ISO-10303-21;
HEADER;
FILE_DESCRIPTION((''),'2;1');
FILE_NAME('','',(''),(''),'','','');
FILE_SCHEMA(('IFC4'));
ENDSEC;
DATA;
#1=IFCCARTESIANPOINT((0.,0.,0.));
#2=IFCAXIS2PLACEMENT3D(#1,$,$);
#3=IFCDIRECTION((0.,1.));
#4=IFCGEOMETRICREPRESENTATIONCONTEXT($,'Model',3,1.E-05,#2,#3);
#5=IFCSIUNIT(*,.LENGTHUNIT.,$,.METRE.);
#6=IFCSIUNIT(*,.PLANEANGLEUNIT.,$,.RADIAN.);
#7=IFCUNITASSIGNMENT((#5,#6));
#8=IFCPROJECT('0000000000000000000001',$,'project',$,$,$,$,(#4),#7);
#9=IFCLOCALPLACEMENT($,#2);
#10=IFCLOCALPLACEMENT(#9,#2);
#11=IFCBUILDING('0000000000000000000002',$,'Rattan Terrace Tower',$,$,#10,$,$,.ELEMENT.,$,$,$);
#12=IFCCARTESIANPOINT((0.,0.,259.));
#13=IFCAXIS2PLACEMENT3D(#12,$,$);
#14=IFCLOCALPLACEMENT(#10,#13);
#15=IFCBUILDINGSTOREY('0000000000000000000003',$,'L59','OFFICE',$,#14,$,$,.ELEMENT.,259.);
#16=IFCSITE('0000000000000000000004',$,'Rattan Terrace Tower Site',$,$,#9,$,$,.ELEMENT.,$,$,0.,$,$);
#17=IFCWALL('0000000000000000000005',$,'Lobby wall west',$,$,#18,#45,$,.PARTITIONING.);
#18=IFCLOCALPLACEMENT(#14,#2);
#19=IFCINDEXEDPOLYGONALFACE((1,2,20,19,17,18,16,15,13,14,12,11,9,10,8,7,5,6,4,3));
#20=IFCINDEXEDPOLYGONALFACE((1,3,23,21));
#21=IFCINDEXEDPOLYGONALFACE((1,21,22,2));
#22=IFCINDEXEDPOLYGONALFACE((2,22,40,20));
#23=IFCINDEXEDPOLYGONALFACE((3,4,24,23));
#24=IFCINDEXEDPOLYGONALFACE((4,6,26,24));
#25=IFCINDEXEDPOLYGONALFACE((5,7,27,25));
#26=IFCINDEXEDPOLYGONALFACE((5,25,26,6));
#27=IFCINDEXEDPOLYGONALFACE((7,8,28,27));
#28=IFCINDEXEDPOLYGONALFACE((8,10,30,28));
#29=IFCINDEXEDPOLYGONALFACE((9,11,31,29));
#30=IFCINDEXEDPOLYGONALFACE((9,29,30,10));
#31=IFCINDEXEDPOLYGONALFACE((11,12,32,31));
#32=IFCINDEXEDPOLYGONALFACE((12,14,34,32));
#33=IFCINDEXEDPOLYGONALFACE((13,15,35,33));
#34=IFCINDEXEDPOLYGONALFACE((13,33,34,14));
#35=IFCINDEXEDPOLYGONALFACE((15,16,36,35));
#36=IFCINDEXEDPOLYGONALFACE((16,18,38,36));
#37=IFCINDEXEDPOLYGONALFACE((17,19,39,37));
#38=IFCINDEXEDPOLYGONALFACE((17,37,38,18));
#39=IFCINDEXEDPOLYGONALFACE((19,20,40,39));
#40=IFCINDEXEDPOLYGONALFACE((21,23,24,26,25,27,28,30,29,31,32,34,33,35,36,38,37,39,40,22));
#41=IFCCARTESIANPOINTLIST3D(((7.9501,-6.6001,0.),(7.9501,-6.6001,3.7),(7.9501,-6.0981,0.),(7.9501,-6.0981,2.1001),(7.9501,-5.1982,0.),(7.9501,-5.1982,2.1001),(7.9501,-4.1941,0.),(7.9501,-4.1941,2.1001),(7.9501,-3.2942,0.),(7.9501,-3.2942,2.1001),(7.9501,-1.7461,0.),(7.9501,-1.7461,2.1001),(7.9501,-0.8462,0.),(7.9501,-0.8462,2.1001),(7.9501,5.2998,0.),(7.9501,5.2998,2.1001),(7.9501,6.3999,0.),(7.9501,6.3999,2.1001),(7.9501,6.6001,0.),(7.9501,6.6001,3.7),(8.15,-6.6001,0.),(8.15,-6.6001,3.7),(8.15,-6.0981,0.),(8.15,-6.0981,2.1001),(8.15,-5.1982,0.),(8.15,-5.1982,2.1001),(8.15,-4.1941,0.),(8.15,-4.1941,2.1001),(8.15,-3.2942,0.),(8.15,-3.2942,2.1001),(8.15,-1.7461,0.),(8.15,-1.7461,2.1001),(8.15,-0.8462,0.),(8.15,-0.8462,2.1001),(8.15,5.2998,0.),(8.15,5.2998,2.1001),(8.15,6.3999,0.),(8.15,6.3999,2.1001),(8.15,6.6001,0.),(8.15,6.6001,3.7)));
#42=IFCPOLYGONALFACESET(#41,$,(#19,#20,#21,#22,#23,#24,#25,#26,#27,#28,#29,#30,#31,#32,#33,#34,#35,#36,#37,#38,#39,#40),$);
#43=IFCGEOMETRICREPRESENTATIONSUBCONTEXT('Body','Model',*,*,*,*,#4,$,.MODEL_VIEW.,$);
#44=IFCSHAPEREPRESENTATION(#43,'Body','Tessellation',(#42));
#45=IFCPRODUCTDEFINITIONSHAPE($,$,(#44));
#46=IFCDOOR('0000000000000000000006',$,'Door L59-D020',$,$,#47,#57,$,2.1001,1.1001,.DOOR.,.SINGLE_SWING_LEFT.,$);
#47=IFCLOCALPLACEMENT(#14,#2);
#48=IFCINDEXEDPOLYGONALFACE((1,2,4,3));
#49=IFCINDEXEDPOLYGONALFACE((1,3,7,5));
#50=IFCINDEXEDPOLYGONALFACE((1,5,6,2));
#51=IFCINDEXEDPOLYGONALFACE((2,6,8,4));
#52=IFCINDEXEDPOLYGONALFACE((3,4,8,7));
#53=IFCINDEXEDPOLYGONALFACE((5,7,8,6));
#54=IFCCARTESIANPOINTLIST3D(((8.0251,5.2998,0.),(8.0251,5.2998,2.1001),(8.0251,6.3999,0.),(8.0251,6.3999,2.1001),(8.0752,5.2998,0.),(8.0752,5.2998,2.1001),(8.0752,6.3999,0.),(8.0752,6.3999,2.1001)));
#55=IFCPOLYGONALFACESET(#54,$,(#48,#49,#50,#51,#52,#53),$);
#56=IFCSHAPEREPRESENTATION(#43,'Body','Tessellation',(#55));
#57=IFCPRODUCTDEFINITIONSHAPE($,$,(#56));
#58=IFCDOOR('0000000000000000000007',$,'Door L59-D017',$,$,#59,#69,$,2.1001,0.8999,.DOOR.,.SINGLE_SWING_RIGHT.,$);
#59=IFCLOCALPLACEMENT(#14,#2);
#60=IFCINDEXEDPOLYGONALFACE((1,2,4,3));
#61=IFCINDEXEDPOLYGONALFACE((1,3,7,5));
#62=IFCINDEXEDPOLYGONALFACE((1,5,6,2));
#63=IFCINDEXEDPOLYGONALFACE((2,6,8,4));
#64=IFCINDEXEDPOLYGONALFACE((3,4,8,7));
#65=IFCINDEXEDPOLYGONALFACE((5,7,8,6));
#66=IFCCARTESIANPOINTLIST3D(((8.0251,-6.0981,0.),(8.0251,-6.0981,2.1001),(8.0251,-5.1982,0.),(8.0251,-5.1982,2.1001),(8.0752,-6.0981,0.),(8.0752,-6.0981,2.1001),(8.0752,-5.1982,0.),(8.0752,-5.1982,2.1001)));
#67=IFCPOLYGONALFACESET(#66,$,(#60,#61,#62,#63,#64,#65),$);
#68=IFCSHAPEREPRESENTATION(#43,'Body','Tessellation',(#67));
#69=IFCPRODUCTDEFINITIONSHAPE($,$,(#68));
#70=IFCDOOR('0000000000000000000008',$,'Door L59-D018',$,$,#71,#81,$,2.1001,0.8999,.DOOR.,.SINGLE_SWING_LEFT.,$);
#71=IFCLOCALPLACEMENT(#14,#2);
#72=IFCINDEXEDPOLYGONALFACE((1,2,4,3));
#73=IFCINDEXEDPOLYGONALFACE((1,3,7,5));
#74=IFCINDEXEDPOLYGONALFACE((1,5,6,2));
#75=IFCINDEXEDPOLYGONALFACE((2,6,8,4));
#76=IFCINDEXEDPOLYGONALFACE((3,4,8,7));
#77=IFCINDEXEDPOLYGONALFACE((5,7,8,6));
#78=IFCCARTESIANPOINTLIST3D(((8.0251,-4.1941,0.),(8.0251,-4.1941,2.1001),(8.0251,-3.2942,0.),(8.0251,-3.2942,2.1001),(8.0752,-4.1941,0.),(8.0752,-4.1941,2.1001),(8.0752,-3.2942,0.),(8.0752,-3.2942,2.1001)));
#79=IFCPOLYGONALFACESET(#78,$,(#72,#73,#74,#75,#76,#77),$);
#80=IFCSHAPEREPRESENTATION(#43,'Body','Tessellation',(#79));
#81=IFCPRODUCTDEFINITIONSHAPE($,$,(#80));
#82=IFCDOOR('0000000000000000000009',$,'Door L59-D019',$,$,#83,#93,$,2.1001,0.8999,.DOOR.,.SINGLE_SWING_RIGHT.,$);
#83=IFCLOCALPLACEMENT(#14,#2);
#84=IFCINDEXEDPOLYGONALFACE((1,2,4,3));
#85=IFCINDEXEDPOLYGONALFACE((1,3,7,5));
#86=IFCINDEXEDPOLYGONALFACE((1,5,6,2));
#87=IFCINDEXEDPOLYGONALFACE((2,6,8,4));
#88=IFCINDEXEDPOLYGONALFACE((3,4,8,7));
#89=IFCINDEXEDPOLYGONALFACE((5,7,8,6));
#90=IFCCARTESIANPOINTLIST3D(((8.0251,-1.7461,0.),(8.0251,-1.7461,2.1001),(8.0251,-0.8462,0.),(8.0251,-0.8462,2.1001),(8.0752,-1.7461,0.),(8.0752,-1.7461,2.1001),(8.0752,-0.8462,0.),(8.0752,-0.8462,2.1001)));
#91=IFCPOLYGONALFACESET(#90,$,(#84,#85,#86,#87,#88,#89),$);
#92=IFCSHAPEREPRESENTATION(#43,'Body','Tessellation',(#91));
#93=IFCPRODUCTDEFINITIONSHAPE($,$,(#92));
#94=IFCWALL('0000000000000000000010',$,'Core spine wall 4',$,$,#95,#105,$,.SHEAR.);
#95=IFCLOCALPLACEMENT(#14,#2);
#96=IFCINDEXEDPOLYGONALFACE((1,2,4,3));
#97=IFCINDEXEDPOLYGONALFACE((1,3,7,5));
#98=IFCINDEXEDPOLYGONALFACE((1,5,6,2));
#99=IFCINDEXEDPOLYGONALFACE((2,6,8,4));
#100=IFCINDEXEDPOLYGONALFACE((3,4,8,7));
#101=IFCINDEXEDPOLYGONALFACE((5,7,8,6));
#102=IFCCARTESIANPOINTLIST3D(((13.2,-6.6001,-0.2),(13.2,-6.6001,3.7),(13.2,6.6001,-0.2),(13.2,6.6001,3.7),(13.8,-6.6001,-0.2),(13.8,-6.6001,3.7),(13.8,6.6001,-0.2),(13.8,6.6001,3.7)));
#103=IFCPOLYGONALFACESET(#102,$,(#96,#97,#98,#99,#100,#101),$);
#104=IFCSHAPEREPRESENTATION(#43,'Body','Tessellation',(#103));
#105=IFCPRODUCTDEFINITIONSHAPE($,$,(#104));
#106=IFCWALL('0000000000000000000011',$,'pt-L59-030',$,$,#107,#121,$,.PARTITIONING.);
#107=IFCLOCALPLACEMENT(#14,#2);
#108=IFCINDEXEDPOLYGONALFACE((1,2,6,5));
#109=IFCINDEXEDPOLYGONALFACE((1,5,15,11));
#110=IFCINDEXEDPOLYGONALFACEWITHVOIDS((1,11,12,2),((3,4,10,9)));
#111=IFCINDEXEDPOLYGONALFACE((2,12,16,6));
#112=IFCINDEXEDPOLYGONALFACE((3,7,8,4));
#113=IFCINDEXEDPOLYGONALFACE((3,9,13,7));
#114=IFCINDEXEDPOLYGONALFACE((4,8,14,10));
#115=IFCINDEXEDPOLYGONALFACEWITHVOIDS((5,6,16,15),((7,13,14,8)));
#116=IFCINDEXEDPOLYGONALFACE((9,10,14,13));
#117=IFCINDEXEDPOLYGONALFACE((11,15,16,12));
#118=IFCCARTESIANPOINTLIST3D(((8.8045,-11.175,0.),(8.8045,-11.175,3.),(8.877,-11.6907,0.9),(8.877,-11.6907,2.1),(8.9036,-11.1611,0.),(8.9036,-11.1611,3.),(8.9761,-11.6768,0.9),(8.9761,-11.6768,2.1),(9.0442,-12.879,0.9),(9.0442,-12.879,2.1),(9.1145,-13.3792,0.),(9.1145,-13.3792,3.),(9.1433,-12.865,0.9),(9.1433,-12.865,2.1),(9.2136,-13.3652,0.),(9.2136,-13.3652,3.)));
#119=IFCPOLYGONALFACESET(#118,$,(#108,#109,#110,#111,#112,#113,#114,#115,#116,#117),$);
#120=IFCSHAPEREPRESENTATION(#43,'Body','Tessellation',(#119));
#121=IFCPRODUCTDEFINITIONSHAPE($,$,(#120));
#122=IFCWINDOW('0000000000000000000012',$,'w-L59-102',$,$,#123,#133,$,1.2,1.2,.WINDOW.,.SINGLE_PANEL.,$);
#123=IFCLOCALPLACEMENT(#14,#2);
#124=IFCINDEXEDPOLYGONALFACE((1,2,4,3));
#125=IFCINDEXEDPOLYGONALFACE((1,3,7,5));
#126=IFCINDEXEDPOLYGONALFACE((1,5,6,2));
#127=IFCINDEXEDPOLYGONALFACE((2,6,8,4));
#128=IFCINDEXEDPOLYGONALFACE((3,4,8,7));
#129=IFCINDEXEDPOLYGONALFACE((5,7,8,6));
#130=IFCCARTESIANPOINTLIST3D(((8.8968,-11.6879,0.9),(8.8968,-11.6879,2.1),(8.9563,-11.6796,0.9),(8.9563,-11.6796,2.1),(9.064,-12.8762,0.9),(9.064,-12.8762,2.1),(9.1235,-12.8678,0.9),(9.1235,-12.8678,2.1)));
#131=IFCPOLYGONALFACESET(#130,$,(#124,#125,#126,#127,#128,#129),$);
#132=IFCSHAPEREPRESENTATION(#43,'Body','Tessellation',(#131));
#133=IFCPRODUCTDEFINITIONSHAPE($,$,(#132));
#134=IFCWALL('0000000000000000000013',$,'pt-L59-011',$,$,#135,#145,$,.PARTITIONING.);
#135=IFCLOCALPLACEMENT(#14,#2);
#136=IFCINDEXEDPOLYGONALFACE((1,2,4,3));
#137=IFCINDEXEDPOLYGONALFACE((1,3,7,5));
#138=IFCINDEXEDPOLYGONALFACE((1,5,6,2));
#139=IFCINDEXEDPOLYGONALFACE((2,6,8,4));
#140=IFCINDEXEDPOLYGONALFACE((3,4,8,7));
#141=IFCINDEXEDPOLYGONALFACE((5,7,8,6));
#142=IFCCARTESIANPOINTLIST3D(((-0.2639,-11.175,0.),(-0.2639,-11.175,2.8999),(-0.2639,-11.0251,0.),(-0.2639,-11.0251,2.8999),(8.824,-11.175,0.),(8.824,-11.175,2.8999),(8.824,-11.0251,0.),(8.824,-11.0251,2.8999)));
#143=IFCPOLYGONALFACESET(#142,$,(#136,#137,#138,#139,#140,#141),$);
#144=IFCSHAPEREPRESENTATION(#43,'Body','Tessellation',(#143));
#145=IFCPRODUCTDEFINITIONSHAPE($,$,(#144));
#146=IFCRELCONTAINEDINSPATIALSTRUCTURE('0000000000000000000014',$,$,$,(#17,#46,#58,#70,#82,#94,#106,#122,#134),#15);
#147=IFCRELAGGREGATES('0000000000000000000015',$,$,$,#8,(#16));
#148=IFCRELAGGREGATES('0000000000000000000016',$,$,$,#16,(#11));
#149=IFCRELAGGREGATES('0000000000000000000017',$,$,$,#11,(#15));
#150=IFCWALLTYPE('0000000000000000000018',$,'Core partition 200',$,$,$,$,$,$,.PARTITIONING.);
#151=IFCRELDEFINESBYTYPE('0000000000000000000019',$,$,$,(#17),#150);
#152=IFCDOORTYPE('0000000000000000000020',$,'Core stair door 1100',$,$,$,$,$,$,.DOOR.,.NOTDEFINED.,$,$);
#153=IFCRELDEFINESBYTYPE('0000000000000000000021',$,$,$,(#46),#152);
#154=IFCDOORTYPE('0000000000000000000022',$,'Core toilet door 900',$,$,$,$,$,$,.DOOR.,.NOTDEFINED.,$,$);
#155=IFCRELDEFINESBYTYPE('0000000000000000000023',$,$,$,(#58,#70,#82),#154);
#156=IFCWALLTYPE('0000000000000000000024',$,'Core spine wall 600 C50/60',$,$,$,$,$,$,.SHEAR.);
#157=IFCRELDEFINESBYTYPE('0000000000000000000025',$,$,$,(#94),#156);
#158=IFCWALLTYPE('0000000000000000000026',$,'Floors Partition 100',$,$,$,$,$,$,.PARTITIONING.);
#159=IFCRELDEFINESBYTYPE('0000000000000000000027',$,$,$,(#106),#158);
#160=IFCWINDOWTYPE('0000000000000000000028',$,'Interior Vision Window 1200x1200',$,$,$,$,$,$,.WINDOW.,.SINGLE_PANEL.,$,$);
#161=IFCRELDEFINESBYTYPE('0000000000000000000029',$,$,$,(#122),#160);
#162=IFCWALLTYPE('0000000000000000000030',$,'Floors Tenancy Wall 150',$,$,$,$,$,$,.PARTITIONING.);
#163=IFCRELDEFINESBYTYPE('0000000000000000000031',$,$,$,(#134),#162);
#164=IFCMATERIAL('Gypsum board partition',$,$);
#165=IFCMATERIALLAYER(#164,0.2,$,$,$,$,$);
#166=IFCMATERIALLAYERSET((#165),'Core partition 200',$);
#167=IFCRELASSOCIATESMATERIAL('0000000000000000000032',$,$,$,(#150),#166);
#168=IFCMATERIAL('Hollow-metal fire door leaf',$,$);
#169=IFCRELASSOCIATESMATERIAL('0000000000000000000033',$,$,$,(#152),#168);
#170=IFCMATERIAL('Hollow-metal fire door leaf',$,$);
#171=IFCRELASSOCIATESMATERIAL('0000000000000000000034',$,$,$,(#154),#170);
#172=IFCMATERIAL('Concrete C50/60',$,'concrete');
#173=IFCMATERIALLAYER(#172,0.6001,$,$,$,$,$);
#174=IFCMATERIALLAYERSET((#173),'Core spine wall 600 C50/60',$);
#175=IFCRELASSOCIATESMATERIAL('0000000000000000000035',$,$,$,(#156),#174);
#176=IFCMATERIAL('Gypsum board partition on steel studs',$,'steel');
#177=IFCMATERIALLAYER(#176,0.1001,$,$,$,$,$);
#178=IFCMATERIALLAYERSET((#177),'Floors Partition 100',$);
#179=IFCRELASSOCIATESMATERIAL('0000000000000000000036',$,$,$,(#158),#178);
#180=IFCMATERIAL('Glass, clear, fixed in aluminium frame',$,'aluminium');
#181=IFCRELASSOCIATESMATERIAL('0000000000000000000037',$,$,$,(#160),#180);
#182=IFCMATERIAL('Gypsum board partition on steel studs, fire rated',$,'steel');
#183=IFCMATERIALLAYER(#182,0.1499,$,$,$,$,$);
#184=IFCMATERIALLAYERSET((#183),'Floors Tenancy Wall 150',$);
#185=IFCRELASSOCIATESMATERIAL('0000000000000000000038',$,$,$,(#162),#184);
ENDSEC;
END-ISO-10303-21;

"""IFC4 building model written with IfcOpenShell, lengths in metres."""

from ifc_helpers import new_model, si_unit, direction, frame, frame_2d, origin, place, context, subcontext, project, spatial, rectangle, extrude, material, layer, layer_set, type_object, element, fill, save


model = new_model("IFC4")

# Units and contexts
model_context = context("Model", 3, precision=1e-05, world=origin(), true_north=direction((0.0, 1.0)))
body_context = subcontext(model_context, "Body", "Model", "MODEL_VIEW")
ifc_project = project(units=[si_unit("LENGTHUNIT", "METRE"), si_unit("PLANEANGLEUNIT", "RADIAN")], contexts=[model_context])

# Site, building, storey
site_placement = place(None, origin())
site = spatial("IfcSite", under=ifc_project, at=site_placement, Name="Rattan Terrace Tower Site", CompositionType="ELEMENT", RefElevation=0.0)
building_placement = place(site_placement, origin())
building = spatial("IfcBuilding", under=site, at=building_placement, Name="Rattan Terrace Tower", CompositionType="ELEMENT")
storey_placement = place(building_placement, frame((0.0, 0.0, 259.0)))
storey = spatial("IfcBuildingStorey", under=building, at=storey_placement, Name="L59", Description="OFFICE", CompositionType="ELEMENT", Elevation=259.0)

# Wall, openings, doors
ifc_material_1 = material(Name="Gypsum board partition")
ifc_layer_1 = layer(ifc_material_1, 0.2)
ifc_layer_set_1 = layer_set([ifc_layer_1], Name="Core partition 200")
wall_type_1 = type_object("IfcWallType", Name="Core partition 200", PredefinedType="PARTITIONING", material=ifc_layer_set_1)
wall_1_placement = place(storey_placement, frame((8.05, -6.6001, 0.0), z_axis=(0.0, 0.0, 1.0), x_axis=(0.0, 1.0, 0.0)))
wall_1 = element("IfcWall", 1, at=wall_1_placement, inside=storey, type_object=wall_type_1, Name="Lobby wall west", PredefinedType="PARTITIONING", context=body_context, shape_type="SweptSolid", body=[
    extrude(rectangle(XDim=13.2002, YDim=0.2, at=frame_2d((6.6001, 0.0))), origin(), (0.0, 0.0, 1.0), 3.7),
])
opening_1_placement = place(wall_1_placement, frame((0.502, 0.0, 0.0)))
opening_1 = element("IfcOpeningElement", 2, at=opening_1_placement, cuts=wall_1, PredefinedType="OPENING", context=body_context, shape_type="SweptSolid", body=[
    extrude(rectangle(XDim=0.8999, YDim=2.1001, at=frame_2d((0.45, 1.05))), frame((0.0, 0.1106, 0.0), z_axis=(0.0, -1.0, 0.0), x_axis=(1.0, 0.0, 0.0)), (0.0, 0.0, 1.0), 0.2209),
])
opening_2_placement = place(wall_1_placement, frame((2.406, 0.0, 0.0)))
opening_2 = element("IfcOpeningElement", 3, at=opening_2_placement, cuts=wall_1, PredefinedType="OPENING", context=body_context, shape_type="SweptSolid", body=[
    extrude(rectangle(XDim=0.8999, YDim=2.1001, at=frame_2d((0.45, 1.05))), frame((0.0, 0.1106, 0.0), z_axis=(0.0, -1.0, 0.0), x_axis=(1.0, 0.0, 0.0)), (0.0, 0.0, 1.0), 0.2209),
])
opening_3_placement = place(wall_1_placement, frame((4.854, 0.0, 0.0)))
opening_3 = element("IfcOpeningElement", 4, at=opening_3_placement, cuts=wall_1, PredefinedType="OPENING", context=body_context, shape_type="SweptSolid", body=[
    extrude(rectangle(XDim=0.8999, YDim=2.1001, at=frame_2d((0.45, 1.05))), frame((0.0, 0.1106, 0.0), z_axis=(0.0, -1.0, 0.0), x_axis=(1.0, 0.0, 0.0)), (0.0, 0.0, 1.0), 0.2209),
])
opening_4_placement = place(wall_1_placement, frame((11.8999, 0.0, 0.0)))
opening_4 = element("IfcOpeningElement", 5, at=opening_4_placement, cuts=wall_1, PredefinedType="OPENING", context=body_context, shape_type="SweptSolid", body=[
    extrude(rectangle(XDim=1.1001, YDim=2.1001, at=frame_2d((0.55, 1.05))), frame((0.0, 0.1106, 0.0), z_axis=(0.0, -1.0, 0.0), x_axis=(1.0, 0.0, 0.0)), (0.0, 0.0, 1.0), 0.2209),
])
ifc_material_2 = material(Name="Hollow-metal fire door leaf")
door_type_1 = type_object("IfcDoorType", Name="Core stair door 1100", OperationType="NOTDEFINED", PredefinedType="DOOR", material=ifc_material_2)
door_1_placement = place(opening_4_placement, origin())
door_1 = element("IfcDoor", 6, at=door_1_placement, inside=storey, type_object=door_type_1, Name="Door L59-D020", OperationType="SINGLE_SWING_LEFT", OverallHeight=2.1001, OverallWidth=1.1001, PredefinedType="DOOR", context=body_context, shape_type="SweptSolid", body=[
    extrude(rectangle(XDim=1.1001, YDim=2.1001, at=frame_2d((0.55, 1.05))), frame((0.0, 0.0249, 0.0), z_axis=(0.0, -1.0, 0.0), x_axis=(1.0, 0.0, 0.0)), (0.0, 0.0, 1.0), 0.05),
])
fill(opening_4, door_1)
ifc_material_3 = material(Name="Hollow-metal fire door leaf")
door_type_2 = type_object("IfcDoorType", Name="Core toilet door 900", OperationType="NOTDEFINED", PredefinedType="DOOR", material=ifc_material_3)
door_2_placement = place(opening_1_placement, origin())
door_2 = element("IfcDoor", 7, at=door_2_placement, inside=storey, type_object=door_type_2, Name="Door L59-D017", OperationType="SINGLE_SWING_RIGHT", OverallHeight=2.1001, OverallWidth=0.8999, PredefinedType="DOOR", context=body_context, shape_type="SweptSolid", body=[
    extrude(rectangle(XDim=0.8999, YDim=2.1001, at=frame_2d((0.45, 1.05))), frame((0.0, 0.0249, 0.0), z_axis=(0.0, -1.0, 0.0), x_axis=(1.0, 0.0, 0.0)), (0.0, 0.0, 1.0), 0.05),
])
fill(opening_1, door_2)
door_3_placement = place(opening_2_placement, origin())
door_3 = element("IfcDoor", 8, at=door_3_placement, inside=storey, type_object=door_type_2, Name="Door L59-D018", OperationType="SINGLE_SWING_LEFT", OverallHeight=2.1001, OverallWidth=0.8999, PredefinedType="DOOR", context=body_context, shape_type="SweptSolid", body=[
    extrude(rectangle(XDim=0.8999, YDim=2.1001, at=frame_2d((0.45, 1.05))), frame((0.0, 0.0249, 0.0), z_axis=(0.0, -1.0, 0.0), x_axis=(1.0, 0.0, 0.0)), (0.0, 0.0, 1.0), 0.05),
])
fill(opening_2, door_3)
door_4_placement = place(opening_3_placement, origin())
door_4 = element("IfcDoor", 9, at=door_4_placement, inside=storey, type_object=door_type_2, Name="Door L59-D019", OperationType="SINGLE_SWING_RIGHT", OverallHeight=2.1001, OverallWidth=0.8999, PredefinedType="DOOR", context=body_context, shape_type="SweptSolid", body=[
    extrude(rectangle(XDim=0.8999, YDim=2.1001, at=frame_2d((0.45, 1.05))), frame((0.0, 0.0249, 0.0), z_axis=(0.0, -1.0, 0.0), x_axis=(1.0, 0.0, 0.0)), (0.0, 0.0, 1.0), 0.05),
])
fill(opening_3, door_4)

# Wall
ifc_material_4 = material(Name="Concrete C50/60", Category="concrete")
ifc_layer_2 = layer(ifc_material_4, 0.6001)
ifc_layer_set_2 = layer_set([ifc_layer_2], Name="Core spine wall 600 C50/60")
wall_type_2 = type_object("IfcWallType", Name="Core spine wall 600 C50/60", PredefinedType="SHEAR", material=ifc_layer_set_2)
wall_2_placement = place(storey_placement, frame((13.5, -6.6001, -0.2), z_axis=(0.0, 0.0, 1.0), x_axis=(0.0, 1.0, 0.0)))
element("IfcWall", 10, at=wall_2_placement, inside=storey, type_object=wall_type_2, Name="Core spine wall 4", PredefinedType="SHEAR", context=body_context, shape_type="SweptSolid", body=[
    extrude(rectangle(XDim=13.2002, YDim=0.6001, at=frame_2d((6.6001, 0.0))), origin(), (0.0, 0.0, 1.0), 3.8999),
])

# Wall, opening, window
ifc_material_5 = material(Name="Gypsum board partition on steel studs", Category="steel")
ifc_layer_3 = layer(ifc_material_5, 0.1001)
ifc_layer_set_3 = layer_set([ifc_layer_3], Name="Floors Partition 100")
wall_type_3 = type_object("IfcWallType", Name="Floors Partition 100", PredefinedType="PARTITIONING", material=ifc_layer_set_3)
wall_3_placement = place(storey_placement, frame((9.1641, -13.3721, 0.0), z_axis=(0.0, 0.0, 1.0), x_axis=(-0.139302, 0.99025, 0.0)))
wall_3 = element("IfcWall", 11, at=wall_3_placement, inside=storey, type_object=wall_type_3, Name="pt-L59-030", PredefinedType="PARTITIONING", context=body_context, shape_type="SweptSolid", body=[
    extrude(rectangle(XDim=2.2258, YDim=0.1001, at=frame_2d((1.1128, 0.0))), origin(), (0.0, 0.0, 1.0), 3.0),
])
opening_5_placement = place(wall_3_placement, frame((0.5049, 0.0, 0.8999)))
opening_5 = element("IfcOpeningElement", 12, at=opening_5_placement, cuts=wall_3, PredefinedType="OPENING", context=body_context, shape_type="SweptSolid", body=[
    extrude(rectangle(XDim=1.2, YDim=1.2, at=frame_2d((0.6001, 0.6001))), frame((0.0, 0.0605, 0.0), z_axis=(0.0, -1.0, 0.0), x_axis=(1.0, 0.0, 0.0)), (0.0, 0.0, 1.0), 0.1211),
])
ifc_material_6 = material(Name="Glass, clear, fixed in aluminium frame", Category="aluminium")
window_type = type_object("IfcWindowType", Name="Interior Vision Window 1200x1200", PartitioningType="SINGLE_PANEL", PredefinedType="WINDOW", material=ifc_material_6)
window_placement = place(opening_5_placement, origin())
window = element("IfcWindow", 13, at=window_placement, inside=storey, type_object=window_type, Name="w-L59-102", OverallHeight=1.2, OverallWidth=1.2, PartitioningType="SINGLE_PANEL", PredefinedType="WINDOW", context=body_context, shape_type="SweptSolid", body=[
    extrude(rectangle(XDim=1.2, YDim=1.2, at=frame_2d((0.6001, 0.6001))), frame((0.0, 0.03, 0.0), z_axis=(0.0, -1.0, 0.0), x_axis=(1.0, 0.0, 0.0)), (0.0, 0.0, 1.0), 0.0601),
])
fill(opening_5, window)

# Wall
ifc_material_7 = material(Name="Gypsum board partition on steel studs, fire rated", Category="steel")
ifc_layer_4 = layer(ifc_material_7, 0.1499)
ifc_layer_set_4 = layer_set([ifc_layer_4], Name="Floors Tenancy Wall 150")
wall_type_4 = type_object("IfcWallType", Name="Floors Tenancy Wall 150", PredefinedType="PARTITIONING", material=ifc_layer_set_4)
wall_4_placement = place(storey_placement, frame((8.824, -11.1001, 0.0), z_axis=(0.0, 0.0, 1.0), x_axis=(-1.0, 0.0, 0.0)))
element("IfcWall", 14, at=wall_4_placement, inside=storey, type_object=wall_type_4, Name="pt-L59-011", PredefinedType="PARTITIONING", context=body_context, shape_type="SweptSolid", body=[
    extrude(rectangle(XDim=9.0879, YDim=0.1499, at=frame_2d((4.5439, 0.0))), origin(), (0.0, 0.0, 1.0), 2.8999),
])

save(model, "model.ifc")
